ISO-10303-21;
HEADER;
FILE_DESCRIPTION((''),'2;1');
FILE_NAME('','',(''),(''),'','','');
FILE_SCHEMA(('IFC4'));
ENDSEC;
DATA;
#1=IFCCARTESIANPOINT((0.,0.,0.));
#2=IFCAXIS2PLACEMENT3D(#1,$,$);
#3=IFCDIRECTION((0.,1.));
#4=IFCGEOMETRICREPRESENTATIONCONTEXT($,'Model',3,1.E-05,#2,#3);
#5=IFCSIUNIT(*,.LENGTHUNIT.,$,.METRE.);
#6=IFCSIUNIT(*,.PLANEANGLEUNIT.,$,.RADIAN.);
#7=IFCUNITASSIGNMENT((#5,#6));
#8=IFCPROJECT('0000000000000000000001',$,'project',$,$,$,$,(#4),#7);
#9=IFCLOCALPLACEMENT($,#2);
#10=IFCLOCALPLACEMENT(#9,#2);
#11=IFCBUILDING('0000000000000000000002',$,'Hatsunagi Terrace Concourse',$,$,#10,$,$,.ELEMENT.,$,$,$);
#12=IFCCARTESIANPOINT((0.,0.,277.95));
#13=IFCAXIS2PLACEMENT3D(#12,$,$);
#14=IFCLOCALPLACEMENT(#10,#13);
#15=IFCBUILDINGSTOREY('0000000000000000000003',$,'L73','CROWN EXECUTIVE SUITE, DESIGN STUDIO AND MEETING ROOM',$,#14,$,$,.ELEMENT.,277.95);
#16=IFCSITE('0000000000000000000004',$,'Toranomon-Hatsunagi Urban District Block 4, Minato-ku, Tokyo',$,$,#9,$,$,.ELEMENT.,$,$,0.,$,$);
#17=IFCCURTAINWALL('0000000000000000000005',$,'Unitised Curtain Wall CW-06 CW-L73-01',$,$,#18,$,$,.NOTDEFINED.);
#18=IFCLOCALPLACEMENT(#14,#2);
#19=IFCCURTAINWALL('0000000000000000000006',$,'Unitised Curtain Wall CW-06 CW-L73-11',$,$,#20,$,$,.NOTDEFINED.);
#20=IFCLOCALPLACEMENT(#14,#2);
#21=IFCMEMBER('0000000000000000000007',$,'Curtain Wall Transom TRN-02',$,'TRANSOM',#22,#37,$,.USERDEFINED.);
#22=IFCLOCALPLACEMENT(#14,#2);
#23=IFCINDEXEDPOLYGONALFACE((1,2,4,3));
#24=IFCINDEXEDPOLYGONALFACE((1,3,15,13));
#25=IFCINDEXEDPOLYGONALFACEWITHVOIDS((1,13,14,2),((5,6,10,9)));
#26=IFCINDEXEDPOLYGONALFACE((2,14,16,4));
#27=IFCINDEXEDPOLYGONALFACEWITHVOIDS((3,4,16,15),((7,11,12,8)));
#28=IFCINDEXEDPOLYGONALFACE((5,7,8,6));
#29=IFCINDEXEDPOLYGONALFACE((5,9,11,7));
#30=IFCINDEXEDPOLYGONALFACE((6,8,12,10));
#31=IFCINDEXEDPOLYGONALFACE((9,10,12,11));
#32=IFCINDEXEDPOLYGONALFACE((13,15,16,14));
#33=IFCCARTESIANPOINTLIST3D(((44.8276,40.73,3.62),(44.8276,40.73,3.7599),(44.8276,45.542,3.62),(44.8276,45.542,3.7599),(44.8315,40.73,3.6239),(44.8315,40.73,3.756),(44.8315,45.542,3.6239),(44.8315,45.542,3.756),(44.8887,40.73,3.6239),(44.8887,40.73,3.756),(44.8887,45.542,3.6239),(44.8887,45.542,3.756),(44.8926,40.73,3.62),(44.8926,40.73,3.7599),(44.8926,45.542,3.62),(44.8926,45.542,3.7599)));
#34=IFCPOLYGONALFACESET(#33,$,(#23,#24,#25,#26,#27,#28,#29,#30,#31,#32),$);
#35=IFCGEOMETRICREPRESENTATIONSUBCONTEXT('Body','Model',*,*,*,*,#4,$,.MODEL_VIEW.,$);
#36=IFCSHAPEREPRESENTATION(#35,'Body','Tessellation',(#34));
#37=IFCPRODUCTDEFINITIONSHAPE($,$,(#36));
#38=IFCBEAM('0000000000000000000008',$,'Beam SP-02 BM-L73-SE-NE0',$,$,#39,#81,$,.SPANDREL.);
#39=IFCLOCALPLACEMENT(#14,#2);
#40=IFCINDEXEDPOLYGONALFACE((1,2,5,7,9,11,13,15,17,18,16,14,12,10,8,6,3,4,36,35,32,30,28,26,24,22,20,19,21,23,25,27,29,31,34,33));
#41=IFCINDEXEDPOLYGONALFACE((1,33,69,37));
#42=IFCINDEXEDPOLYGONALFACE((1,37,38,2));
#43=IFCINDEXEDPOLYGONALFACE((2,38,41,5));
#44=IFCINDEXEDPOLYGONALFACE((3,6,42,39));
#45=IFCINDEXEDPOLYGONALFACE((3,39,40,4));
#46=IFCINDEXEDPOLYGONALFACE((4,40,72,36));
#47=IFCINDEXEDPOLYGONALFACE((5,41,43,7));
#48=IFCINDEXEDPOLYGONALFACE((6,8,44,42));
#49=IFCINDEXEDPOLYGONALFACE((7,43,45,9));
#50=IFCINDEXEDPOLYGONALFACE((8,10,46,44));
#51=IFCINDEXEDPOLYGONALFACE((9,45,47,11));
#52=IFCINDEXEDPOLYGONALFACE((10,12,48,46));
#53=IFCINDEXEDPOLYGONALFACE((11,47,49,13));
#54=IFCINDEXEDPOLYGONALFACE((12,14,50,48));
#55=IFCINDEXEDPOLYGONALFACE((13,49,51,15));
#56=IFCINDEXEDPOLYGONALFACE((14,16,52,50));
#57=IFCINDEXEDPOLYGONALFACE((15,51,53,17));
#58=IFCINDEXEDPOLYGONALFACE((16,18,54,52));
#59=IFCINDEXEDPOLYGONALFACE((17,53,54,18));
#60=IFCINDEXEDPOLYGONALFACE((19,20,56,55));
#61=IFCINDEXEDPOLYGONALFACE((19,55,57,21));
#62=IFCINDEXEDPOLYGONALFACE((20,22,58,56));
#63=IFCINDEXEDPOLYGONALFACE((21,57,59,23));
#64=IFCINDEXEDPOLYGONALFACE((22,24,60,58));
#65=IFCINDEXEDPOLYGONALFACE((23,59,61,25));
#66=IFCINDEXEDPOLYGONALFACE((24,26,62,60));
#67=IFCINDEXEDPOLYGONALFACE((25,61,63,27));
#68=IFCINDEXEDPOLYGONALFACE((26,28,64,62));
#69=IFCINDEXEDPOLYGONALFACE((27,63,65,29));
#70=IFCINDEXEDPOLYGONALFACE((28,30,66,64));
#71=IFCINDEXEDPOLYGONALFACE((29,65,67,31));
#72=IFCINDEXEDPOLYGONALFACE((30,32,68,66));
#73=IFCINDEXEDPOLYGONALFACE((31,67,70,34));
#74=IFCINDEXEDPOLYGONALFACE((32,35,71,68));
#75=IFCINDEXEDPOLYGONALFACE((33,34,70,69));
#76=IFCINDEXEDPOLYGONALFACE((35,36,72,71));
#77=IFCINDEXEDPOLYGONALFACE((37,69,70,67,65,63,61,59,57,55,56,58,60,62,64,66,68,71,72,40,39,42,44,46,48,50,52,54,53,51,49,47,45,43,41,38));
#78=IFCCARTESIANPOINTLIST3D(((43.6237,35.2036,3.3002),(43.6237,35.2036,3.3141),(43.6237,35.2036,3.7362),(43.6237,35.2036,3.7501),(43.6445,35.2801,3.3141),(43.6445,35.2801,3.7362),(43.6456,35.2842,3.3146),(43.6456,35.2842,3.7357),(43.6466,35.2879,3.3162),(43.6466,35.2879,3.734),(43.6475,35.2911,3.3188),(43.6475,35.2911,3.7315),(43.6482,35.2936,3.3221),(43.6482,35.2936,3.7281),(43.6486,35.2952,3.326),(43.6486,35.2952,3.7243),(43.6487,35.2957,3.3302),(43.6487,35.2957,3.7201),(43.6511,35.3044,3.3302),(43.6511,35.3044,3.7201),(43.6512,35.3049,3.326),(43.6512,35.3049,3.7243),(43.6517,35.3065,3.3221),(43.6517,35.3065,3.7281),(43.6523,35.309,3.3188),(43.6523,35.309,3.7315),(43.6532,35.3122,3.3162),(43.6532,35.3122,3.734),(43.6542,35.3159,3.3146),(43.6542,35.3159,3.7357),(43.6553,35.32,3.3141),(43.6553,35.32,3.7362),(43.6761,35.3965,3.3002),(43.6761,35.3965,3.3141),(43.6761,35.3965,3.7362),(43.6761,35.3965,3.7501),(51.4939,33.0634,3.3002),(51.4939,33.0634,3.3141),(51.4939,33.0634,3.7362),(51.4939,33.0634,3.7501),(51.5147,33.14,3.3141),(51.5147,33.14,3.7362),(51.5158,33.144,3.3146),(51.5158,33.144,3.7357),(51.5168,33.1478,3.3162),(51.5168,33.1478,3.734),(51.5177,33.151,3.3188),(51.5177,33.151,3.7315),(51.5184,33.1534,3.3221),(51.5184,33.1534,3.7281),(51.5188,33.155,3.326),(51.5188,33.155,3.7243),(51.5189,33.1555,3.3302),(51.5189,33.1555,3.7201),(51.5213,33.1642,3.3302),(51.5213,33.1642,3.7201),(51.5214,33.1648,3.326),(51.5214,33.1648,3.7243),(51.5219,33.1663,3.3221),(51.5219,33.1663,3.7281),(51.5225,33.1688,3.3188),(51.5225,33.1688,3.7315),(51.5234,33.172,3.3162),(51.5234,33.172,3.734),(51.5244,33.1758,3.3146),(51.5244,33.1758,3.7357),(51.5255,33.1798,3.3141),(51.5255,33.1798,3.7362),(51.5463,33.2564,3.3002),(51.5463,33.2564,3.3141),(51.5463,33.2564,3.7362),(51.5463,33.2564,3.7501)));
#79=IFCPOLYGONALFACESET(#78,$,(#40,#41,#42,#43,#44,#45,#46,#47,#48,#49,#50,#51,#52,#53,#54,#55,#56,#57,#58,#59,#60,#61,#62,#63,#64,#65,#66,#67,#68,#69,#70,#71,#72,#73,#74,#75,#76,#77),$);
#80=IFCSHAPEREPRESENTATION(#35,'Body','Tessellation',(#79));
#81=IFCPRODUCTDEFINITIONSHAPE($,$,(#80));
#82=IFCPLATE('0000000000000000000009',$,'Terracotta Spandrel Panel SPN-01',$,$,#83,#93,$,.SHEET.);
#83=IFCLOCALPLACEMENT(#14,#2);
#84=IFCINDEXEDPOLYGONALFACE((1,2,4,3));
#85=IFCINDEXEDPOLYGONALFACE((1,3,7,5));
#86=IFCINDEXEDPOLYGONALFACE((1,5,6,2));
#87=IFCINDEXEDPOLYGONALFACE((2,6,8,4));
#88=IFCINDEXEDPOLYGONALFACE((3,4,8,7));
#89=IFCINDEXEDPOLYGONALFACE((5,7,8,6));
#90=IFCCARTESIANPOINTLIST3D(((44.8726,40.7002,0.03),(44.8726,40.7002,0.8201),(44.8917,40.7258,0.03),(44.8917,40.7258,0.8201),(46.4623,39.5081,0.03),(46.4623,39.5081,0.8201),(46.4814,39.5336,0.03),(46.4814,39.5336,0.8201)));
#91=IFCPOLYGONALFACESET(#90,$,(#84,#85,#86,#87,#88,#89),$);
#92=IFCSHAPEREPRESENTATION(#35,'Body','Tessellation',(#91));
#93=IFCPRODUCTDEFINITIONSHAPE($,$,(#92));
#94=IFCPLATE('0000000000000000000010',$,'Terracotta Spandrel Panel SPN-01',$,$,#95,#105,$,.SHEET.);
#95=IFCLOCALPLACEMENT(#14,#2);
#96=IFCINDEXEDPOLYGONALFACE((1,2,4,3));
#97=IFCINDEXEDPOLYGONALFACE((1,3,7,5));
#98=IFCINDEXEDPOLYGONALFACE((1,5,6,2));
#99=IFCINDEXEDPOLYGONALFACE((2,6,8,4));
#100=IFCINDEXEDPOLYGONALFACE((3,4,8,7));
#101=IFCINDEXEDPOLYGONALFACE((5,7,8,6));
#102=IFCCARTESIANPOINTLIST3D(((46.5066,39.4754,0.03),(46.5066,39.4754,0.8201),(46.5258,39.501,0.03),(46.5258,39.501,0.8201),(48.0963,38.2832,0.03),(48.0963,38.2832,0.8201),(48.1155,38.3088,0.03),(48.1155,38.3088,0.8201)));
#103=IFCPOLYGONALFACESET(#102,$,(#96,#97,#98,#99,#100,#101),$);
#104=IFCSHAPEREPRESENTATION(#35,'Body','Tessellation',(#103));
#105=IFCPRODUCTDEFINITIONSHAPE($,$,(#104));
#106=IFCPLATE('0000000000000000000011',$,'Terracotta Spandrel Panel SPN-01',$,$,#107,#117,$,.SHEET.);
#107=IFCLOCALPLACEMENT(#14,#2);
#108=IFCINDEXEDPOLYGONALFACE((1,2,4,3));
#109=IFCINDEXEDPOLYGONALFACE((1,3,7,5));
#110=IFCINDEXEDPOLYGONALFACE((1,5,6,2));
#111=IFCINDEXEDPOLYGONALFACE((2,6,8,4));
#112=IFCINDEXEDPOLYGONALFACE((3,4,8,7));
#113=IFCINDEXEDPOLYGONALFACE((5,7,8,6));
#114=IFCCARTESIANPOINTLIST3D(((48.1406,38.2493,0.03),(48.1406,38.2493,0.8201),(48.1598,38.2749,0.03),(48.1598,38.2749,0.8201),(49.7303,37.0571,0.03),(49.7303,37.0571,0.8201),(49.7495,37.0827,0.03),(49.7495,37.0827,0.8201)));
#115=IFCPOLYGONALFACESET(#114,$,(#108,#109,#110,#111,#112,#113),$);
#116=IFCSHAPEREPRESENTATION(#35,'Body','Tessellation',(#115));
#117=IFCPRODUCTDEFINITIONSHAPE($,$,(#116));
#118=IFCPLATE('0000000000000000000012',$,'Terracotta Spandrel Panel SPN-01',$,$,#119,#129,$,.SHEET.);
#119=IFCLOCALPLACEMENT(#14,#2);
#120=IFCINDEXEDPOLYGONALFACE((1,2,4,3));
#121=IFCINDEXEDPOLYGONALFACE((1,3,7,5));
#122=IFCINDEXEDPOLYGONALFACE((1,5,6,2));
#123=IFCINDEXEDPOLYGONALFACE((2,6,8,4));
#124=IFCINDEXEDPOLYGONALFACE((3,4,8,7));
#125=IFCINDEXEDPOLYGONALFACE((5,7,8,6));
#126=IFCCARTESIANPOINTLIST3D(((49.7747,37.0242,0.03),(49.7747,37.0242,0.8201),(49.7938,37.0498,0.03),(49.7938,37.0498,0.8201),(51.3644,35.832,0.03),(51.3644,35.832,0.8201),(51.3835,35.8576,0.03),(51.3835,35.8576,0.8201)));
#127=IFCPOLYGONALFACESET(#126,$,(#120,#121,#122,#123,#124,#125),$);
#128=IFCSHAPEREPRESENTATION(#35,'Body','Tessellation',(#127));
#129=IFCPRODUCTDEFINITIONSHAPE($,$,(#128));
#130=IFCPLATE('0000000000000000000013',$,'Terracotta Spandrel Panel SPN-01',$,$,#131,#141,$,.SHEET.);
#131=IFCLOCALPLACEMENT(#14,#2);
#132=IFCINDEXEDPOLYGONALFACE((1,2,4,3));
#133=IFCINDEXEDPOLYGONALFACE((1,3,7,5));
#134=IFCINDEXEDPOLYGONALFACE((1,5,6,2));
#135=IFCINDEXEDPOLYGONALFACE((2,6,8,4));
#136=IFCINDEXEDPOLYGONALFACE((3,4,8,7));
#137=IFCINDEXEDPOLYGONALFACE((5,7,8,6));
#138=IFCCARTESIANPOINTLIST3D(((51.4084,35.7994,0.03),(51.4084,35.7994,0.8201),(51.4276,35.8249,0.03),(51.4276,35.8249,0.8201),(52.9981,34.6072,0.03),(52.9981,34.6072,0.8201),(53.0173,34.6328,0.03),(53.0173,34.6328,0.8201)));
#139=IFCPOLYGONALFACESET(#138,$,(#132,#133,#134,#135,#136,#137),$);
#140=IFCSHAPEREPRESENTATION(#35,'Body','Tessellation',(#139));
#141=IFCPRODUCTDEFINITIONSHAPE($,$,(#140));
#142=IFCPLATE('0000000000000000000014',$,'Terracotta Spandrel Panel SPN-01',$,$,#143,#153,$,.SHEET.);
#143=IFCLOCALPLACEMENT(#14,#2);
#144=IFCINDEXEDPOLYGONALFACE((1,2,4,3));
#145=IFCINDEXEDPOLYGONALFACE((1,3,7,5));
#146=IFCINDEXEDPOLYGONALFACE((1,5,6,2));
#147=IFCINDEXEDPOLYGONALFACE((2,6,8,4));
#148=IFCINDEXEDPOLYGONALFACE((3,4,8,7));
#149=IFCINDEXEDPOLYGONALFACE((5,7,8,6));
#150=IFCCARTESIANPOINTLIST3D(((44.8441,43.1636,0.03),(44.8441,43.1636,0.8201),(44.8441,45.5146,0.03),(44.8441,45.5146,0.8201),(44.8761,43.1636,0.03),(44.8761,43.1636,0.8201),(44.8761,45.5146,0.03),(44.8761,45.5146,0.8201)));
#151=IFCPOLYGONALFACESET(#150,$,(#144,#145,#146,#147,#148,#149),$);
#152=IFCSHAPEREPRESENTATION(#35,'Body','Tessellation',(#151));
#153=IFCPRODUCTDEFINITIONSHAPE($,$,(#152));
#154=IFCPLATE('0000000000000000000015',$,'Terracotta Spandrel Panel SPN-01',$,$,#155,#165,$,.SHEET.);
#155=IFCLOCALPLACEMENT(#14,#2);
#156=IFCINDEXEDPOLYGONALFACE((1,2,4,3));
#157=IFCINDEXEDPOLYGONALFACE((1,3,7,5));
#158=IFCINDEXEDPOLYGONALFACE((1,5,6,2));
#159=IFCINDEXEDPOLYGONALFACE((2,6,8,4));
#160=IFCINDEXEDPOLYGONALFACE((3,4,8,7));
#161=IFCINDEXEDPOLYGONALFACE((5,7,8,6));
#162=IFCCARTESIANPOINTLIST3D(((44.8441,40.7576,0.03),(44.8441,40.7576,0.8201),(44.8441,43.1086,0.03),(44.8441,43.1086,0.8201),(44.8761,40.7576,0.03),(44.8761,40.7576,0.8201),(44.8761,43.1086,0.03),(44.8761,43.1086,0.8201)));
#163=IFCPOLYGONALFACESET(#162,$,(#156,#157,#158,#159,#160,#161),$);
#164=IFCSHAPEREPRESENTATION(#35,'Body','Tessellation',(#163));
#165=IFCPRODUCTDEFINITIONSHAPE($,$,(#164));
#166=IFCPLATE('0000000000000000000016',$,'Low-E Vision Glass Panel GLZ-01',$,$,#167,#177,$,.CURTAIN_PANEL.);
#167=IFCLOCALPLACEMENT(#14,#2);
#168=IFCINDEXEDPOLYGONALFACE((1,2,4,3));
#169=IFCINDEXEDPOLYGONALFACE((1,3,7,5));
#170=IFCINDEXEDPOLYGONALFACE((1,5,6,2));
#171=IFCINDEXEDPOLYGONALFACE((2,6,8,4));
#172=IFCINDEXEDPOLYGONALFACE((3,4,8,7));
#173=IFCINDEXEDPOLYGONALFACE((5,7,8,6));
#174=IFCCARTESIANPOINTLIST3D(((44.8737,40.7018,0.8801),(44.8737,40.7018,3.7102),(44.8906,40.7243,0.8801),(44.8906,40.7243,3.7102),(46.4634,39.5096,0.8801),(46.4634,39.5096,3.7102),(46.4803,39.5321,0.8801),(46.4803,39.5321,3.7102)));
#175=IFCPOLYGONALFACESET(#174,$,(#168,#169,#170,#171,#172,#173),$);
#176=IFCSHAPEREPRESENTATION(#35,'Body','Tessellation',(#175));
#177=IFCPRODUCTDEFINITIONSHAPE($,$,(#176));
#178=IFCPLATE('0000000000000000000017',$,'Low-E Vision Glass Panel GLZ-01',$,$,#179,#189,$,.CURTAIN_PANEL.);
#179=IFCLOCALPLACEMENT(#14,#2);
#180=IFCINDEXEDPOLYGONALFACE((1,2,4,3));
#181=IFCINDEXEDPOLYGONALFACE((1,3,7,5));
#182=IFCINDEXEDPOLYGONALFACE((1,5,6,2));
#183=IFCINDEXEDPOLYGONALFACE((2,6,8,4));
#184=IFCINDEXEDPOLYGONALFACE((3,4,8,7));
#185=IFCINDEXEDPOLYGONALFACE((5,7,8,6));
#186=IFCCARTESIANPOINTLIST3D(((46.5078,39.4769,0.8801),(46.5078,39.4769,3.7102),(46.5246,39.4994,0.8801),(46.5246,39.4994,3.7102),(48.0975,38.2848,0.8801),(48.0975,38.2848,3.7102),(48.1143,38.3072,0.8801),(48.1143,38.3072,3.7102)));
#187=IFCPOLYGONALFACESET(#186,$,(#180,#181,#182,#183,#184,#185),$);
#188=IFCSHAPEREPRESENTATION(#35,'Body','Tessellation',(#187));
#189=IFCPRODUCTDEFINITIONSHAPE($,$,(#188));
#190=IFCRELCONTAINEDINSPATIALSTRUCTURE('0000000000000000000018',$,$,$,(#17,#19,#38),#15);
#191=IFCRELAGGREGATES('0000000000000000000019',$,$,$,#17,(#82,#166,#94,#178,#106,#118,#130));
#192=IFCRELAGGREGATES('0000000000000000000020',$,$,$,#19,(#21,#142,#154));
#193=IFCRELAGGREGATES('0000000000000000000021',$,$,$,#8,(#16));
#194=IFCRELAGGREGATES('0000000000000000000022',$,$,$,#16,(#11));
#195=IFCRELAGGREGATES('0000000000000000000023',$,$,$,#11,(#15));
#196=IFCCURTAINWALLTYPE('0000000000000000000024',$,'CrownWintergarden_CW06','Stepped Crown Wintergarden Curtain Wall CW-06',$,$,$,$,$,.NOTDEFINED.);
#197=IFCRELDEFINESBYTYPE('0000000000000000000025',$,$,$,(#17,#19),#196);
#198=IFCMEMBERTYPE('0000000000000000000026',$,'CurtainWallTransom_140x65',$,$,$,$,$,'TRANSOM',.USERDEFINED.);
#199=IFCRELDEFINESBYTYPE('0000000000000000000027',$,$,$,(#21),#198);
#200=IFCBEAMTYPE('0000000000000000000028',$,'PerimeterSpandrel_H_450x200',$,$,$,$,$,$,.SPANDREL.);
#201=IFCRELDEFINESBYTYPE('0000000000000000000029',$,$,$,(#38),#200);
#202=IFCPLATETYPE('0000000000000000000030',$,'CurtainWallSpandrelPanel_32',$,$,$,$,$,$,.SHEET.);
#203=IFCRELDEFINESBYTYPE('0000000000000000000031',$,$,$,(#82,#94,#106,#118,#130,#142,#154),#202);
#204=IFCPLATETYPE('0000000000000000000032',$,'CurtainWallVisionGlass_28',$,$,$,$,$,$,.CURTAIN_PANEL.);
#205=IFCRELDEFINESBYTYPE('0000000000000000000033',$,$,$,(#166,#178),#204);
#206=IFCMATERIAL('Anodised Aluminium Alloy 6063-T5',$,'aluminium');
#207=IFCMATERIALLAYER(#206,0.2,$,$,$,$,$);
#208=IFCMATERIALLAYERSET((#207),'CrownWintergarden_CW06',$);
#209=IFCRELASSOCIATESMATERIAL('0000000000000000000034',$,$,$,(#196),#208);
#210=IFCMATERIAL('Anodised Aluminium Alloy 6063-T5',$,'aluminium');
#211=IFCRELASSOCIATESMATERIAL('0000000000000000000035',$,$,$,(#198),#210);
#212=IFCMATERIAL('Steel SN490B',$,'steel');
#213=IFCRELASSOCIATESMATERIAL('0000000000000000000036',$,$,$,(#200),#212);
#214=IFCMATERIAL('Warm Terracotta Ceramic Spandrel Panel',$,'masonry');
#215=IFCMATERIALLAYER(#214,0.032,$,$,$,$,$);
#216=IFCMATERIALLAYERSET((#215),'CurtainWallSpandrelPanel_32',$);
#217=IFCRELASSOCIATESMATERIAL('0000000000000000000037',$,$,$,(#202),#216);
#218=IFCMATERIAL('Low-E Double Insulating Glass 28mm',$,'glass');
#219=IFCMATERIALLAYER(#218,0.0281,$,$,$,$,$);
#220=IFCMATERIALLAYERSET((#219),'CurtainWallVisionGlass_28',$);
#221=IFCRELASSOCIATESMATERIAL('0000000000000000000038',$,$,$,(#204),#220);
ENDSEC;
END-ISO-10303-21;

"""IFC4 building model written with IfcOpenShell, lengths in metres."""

from ifc_helpers import new_model, si_unit, direction, frame, origin, origin_2d, place, context, subcontext, project, spatial, rectangle, hollow_rectangle, i_section, extrude, material, layer, layer_set, material_profile, profile_set, type_object, element, aggregate, save


model = new_model("IFC4")

# Units and contexts
model_context = context("Model", 3, precision=1e-05, world=origin(), true_north=direction((0.0, 1.0)))
body_context = subcontext(model_context, "Body", "Model", "MODEL_VIEW")
ifc_project = project(units=[si_unit("LENGTHUNIT", "METRE"), si_unit("PLANEANGLEUNIT", "RADIAN")], contexts=[model_context])

# Site, building, storey
site_placement = place(None, origin())
site = spatial("IfcSite", under=ifc_project, at=site_placement, Name="Toranomon-Hatsunagi Urban District Block 4, Minato-ku, Tokyo", CompositionType="ELEMENT", RefElevation=0.0)
building_placement = place(site_placement, origin())
building = spatial("IfcBuilding", under=site, at=building_placement, Name="Hatsunagi Terrace Concourse", CompositionType="ELEMENT")
storey_placement = place(building_placement, frame((0.0, 0.0, 277.95)))
storey = spatial("IfcBuildingStorey", under=building, at=storey_placement, Name="L73", Description="CROWN EXECUTIVE SUITE, DESIGN STUDIO AND MEETING ROOM", CompositionType="ELEMENT", Elevation=277.95)

# Curtain walls
ifc_material_1 = material(Name="Anodised Aluminium Alloy 6063-T5", Category="aluminium")
ifc_layer_1 = layer(ifc_material_1, 0.2)
ifc_layer_set_1 = layer_set([ifc_layer_1], Name="CrownWintergarden_CW06")
curtain_wall_type = type_object("IfcCurtainWallType", Name="CrownWintergarden_CW06", Description="Stepped Crown Wintergarden Curtain Wall CW-06", PredefinedType="NOTDEFINED", material=ifc_layer_set_1)
curtain_wall_1_placement = place(storey_placement, origin())
curtain_wall_1 = element("IfcCurtainWall", 1, at=curtain_wall_1_placement, inside=storey, type_object=curtain_wall_type, Name="Unitised Curtain Wall CW-06 CW-L73-01", PredefinedType="NOTDEFINED")
curtain_wall_2_placement = place(storey_placement, origin())
curtain_wall_2 = element("IfcCurtainWall", 2, at=curtain_wall_2_placement, inside=storey, type_object=curtain_wall_type, Name="Unitised Curtain Wall CW-06 CW-L73-11", PredefinedType="NOTDEFINED")

# Member
ifc_material_2 = material(Name="Anodised Aluminium Alloy 6063-T5", Category="aluminium")
ifc_material_profile_1 = material_profile(ifc_material_2, hollow_rectangle(XDim=0.0649, YDim=0.1399, WallThickness=0.0039, at=origin_2d()), Name="ALU-TRN-140x65x4")
ifc_profile_set_1 = profile_set([ifc_material_profile_1], Name="Anodised Aluminium Alloy 6063-T5")
member_type_1 = type_object("IfcMemberType", Name="CurtainWallTransom_140x65", ElementType="TRANSOM", PredefinedType="USERDEFINED", material=ifc_profile_set_1)
member_1_placement = place(storey_placement, frame((44.8601, 45.542, 3.6899), z_axis=(0.0, -1.0, 0.0), x_axis=(1.0, 0.0, 0.0)))
member_1 = element("IfcMember", 3, at=member_1_placement, type_object=member_type_1, Name="Curtain Wall Transom TRN-02", ObjectType="TRANSOM", PredefinedType="USERDEFINED", context=body_context, shape_type="SweptSolid", body=[
    extrude(hollow_rectangle(XDim=0.0649, YDim=0.1399, WallThickness=0.0039, at=origin_2d()), origin(), (0.0, 0.0, 1.0), 4.812),
])

# Beam
ifc_material_3 = material(Name="Steel SN490B", Category="steel")
ifc_material_profile_2 = material_profile(ifc_material_3, i_section(OverallWidth=0.2, OverallDepth=0.45, WebThickness=0.009, FlangeThickness=0.0139, FilletRadius=0.0161, at=origin_2d()), Name="H-450x200x9x14")
ifc_profile_set_2 = profile_set([ifc_material_profile_2], Name="Steel SN490B")
beam_type_1 = type_object("IfcBeamType", Name="PerimeterSpandrel_H_450x200", PredefinedType="SPANDREL", material=ifc_profile_set_2)
beam_1_placement = place(storey_placement, frame((43.6499, 35.3, 3.5251), z_axis=(0.964958, -0.262403, 0.0), x_axis=(0.262403, 0.964958, 0.0)))
element("IfcBeam", 4, at=beam_1_placement, inside=storey, type_object=beam_type_1, Name="Beam SP-02 BM-L73-SE-NE0", PredefinedType="SPANDREL", context=body_context, shape_type="SweptSolid", body=[
    extrude(i_section(OverallWidth=0.2, OverallDepth=0.45, WebThickness=0.009, FlangeThickness=0.0139, FilletRadius=0.0161, at=origin_2d()), origin(), (0.0, 0.0, 1.0), 8.156),
])

# Plates
ifc_material_4 = material(Name="Warm Terracotta Ceramic Spandrel Panel", Category="masonry")
ifc_layer_2 = layer(ifc_material_4, 0.032)
ifc_layer_set_2 = layer_set([ifc_layer_2], Name="CurtainWallSpandrelPanel_32")
plate_type_1 = type_object("IfcPlateType", Name="CurtainWallSpandrelPanel_32", PredefinedType="SHEET", material=ifc_layer_set_2)
plate_1_placement = place(storey_placement, frame((45.677, 40.1169, 0.03), z_axis=(0.0, 0.0, 1.0), x_axis=(0.800023, -0.599969, 0.0)))
plate_1 = element("IfcPlate", 5, at=plate_1_placement, type_object=plate_type_1, Name="Terracotta Spandrel Panel SPN-01", PredefinedType="SHEET", context=body_context, shape_type="SweptSolid", body=[
    extrude(rectangle(XDim=1.9871, YDim=0.032, at=origin_2d()), origin(), (0.0, 0.0, 1.0), 0.79),
])
plate_2_placement = place(storey_placement, frame((47.311, 38.8921, 0.03), z_axis=(0.0, 0.0, 1.0), x_axis=(0.800023, -0.599969, 0.0)))
plate_2 = element("IfcPlate", 6, at=plate_2_placement, type_object=plate_type_1, Name="Terracotta Spandrel Panel SPN-01", PredefinedType="SHEET", context=body_context, shape_type="SweptSolid", body=[
    extrude(rectangle(XDim=1.9871, YDim=0.032, at=origin_2d()), origin(), (0.0, 0.0, 1.0), 0.79),
])
plate_3_placement = place(storey_placement, frame((48.9451, 37.666, 0.03), z_axis=(0.0, 0.0, 1.0), x_axis=(0.800023, -0.599969, 0.0)))
plate_3 = element("IfcPlate", 7, at=plate_3_placement, type_object=plate_type_1, Name="Terracotta Spandrel Panel SPN-01", PredefinedType="SHEET", context=body_context, shape_type="SweptSolid", body=[
    extrude(rectangle(XDim=1.9871, YDim=0.032, at=origin_2d()), origin(), (0.0, 0.0, 1.0), 0.79),
])
plate_4_placement = place(storey_placement, frame((50.5791, 36.4409, 0.03), z_axis=(0.0, 0.0, 1.0), x_axis=(0.800023, -0.599969, 0.0)))
plate_4 = element("IfcPlate", 8, at=plate_4_placement, type_object=plate_type_1, Name="Terracotta Spandrel Panel SPN-01", PredefinedType="SHEET", context=body_context, shape_type="SweptSolid", body=[
    extrude(rectangle(XDim=1.9871, YDim=0.032, at=origin_2d()), origin(), (0.0, 0.0, 1.0), 0.79),
])
plate_5_placement = place(storey_placement, frame((52.2129, 35.2161, 0.03), z_axis=(0.0, 0.0, 1.0), x_axis=(0.800023, -0.599969, 0.0)))
plate_5 = element("IfcPlate", 9, at=plate_5_placement, type_object=plate_type_1, Name="Terracotta Spandrel Panel SPN-01", PredefinedType="SHEET", context=body_context, shape_type="SweptSolid", body=[
    extrude(rectangle(XDim=1.9871, YDim=0.032, at=origin_2d()), origin(), (0.0, 0.0, 1.0), 0.79),
])
plate_6_placement = place(storey_placement, frame((44.8601, 44.3391, 0.03), z_axis=(0.0, 0.0, 1.0), x_axis=(0.0, -1.0, 0.0)))
plate_6 = element("IfcPlate", 10, at=plate_6_placement, type_object=plate_type_1, Name="Terracotta Spandrel Panel SPN-01", PredefinedType="SHEET", context=body_context, shape_type="SweptSolid", body=[
    extrude(rectangle(XDim=2.3511, YDim=0.032, at=origin_2d()), origin(), (0.0, 0.0, 1.0), 0.79),
])
plate_7_placement = place(storey_placement, frame((44.8601, 41.9331, 0.03), z_axis=(0.0, 0.0, 1.0), x_axis=(0.0, -1.0, 0.0)))
plate_7 = element("IfcPlate", 11, at=plate_7_placement, type_object=plate_type_1, Name="Terracotta Spandrel Panel SPN-01", PredefinedType="SHEET", context=body_context, shape_type="SweptSolid", body=[
    extrude(rectangle(XDim=2.3511, YDim=0.032, at=origin_2d()), origin(), (0.0, 0.0, 1.0), 0.79),
])
ifc_material_5 = material(Name="Low-E Double Insulating Glass 28mm", Category="glass")
ifc_layer_3 = layer(ifc_material_5, 0.0281)
ifc_layer_set_3 = layer_set([ifc_layer_3], Name="CurtainWallVisionGlass_28")
plate_type_2 = type_object("IfcPlateType", Name="CurtainWallVisionGlass_28", PredefinedType="CURTAIN_PANEL", material=ifc_layer_set_3)
plate_8_placement = place(storey_placement, frame((45.677, 40.1169, 0.8801), z_axis=(0.0, 0.0, 1.0), x_axis=(0.800023, -0.599969, 0.0)))
plate_8 = element("IfcPlate", 12, at=plate_8_placement, type_object=plate_type_2, Name="Low-E Vision Glass Panel GLZ-01", PredefinedType="CURTAIN_PANEL", context=body_context, shape_type="SweptSolid", body=[
    extrude(rectangle(XDim=1.9871, YDim=0.0281, at=origin_2d()), origin(), (0.0, 0.0, 1.0), 2.8301),
])
plate_9_placement = place(storey_placement, frame((47.311, 38.8921, 0.8801), z_axis=(0.0, 0.0, 1.0), x_axis=(0.800023, -0.599969, 0.0)))
plate_9 = element("IfcPlate", 13, at=plate_9_placement, type_object=plate_type_2, Name="Low-E Vision Glass Panel GLZ-01", PredefinedType="CURTAIN_PANEL", context=body_context, shape_type="SweptSolid", body=[
    extrude(rectangle(XDim=1.9871, YDim=0.0281, at=origin_2d()), origin(), (0.0, 0.0, 1.0), 2.8301),
])
aggregate(curtain_wall_1, [plate_1, plate_8, plate_2, plate_9, plate_3, plate_4, plate_5])
aggregate(curtain_wall_2, [member_1, plate_6, plate_7])

save(model, "model.ifc")
